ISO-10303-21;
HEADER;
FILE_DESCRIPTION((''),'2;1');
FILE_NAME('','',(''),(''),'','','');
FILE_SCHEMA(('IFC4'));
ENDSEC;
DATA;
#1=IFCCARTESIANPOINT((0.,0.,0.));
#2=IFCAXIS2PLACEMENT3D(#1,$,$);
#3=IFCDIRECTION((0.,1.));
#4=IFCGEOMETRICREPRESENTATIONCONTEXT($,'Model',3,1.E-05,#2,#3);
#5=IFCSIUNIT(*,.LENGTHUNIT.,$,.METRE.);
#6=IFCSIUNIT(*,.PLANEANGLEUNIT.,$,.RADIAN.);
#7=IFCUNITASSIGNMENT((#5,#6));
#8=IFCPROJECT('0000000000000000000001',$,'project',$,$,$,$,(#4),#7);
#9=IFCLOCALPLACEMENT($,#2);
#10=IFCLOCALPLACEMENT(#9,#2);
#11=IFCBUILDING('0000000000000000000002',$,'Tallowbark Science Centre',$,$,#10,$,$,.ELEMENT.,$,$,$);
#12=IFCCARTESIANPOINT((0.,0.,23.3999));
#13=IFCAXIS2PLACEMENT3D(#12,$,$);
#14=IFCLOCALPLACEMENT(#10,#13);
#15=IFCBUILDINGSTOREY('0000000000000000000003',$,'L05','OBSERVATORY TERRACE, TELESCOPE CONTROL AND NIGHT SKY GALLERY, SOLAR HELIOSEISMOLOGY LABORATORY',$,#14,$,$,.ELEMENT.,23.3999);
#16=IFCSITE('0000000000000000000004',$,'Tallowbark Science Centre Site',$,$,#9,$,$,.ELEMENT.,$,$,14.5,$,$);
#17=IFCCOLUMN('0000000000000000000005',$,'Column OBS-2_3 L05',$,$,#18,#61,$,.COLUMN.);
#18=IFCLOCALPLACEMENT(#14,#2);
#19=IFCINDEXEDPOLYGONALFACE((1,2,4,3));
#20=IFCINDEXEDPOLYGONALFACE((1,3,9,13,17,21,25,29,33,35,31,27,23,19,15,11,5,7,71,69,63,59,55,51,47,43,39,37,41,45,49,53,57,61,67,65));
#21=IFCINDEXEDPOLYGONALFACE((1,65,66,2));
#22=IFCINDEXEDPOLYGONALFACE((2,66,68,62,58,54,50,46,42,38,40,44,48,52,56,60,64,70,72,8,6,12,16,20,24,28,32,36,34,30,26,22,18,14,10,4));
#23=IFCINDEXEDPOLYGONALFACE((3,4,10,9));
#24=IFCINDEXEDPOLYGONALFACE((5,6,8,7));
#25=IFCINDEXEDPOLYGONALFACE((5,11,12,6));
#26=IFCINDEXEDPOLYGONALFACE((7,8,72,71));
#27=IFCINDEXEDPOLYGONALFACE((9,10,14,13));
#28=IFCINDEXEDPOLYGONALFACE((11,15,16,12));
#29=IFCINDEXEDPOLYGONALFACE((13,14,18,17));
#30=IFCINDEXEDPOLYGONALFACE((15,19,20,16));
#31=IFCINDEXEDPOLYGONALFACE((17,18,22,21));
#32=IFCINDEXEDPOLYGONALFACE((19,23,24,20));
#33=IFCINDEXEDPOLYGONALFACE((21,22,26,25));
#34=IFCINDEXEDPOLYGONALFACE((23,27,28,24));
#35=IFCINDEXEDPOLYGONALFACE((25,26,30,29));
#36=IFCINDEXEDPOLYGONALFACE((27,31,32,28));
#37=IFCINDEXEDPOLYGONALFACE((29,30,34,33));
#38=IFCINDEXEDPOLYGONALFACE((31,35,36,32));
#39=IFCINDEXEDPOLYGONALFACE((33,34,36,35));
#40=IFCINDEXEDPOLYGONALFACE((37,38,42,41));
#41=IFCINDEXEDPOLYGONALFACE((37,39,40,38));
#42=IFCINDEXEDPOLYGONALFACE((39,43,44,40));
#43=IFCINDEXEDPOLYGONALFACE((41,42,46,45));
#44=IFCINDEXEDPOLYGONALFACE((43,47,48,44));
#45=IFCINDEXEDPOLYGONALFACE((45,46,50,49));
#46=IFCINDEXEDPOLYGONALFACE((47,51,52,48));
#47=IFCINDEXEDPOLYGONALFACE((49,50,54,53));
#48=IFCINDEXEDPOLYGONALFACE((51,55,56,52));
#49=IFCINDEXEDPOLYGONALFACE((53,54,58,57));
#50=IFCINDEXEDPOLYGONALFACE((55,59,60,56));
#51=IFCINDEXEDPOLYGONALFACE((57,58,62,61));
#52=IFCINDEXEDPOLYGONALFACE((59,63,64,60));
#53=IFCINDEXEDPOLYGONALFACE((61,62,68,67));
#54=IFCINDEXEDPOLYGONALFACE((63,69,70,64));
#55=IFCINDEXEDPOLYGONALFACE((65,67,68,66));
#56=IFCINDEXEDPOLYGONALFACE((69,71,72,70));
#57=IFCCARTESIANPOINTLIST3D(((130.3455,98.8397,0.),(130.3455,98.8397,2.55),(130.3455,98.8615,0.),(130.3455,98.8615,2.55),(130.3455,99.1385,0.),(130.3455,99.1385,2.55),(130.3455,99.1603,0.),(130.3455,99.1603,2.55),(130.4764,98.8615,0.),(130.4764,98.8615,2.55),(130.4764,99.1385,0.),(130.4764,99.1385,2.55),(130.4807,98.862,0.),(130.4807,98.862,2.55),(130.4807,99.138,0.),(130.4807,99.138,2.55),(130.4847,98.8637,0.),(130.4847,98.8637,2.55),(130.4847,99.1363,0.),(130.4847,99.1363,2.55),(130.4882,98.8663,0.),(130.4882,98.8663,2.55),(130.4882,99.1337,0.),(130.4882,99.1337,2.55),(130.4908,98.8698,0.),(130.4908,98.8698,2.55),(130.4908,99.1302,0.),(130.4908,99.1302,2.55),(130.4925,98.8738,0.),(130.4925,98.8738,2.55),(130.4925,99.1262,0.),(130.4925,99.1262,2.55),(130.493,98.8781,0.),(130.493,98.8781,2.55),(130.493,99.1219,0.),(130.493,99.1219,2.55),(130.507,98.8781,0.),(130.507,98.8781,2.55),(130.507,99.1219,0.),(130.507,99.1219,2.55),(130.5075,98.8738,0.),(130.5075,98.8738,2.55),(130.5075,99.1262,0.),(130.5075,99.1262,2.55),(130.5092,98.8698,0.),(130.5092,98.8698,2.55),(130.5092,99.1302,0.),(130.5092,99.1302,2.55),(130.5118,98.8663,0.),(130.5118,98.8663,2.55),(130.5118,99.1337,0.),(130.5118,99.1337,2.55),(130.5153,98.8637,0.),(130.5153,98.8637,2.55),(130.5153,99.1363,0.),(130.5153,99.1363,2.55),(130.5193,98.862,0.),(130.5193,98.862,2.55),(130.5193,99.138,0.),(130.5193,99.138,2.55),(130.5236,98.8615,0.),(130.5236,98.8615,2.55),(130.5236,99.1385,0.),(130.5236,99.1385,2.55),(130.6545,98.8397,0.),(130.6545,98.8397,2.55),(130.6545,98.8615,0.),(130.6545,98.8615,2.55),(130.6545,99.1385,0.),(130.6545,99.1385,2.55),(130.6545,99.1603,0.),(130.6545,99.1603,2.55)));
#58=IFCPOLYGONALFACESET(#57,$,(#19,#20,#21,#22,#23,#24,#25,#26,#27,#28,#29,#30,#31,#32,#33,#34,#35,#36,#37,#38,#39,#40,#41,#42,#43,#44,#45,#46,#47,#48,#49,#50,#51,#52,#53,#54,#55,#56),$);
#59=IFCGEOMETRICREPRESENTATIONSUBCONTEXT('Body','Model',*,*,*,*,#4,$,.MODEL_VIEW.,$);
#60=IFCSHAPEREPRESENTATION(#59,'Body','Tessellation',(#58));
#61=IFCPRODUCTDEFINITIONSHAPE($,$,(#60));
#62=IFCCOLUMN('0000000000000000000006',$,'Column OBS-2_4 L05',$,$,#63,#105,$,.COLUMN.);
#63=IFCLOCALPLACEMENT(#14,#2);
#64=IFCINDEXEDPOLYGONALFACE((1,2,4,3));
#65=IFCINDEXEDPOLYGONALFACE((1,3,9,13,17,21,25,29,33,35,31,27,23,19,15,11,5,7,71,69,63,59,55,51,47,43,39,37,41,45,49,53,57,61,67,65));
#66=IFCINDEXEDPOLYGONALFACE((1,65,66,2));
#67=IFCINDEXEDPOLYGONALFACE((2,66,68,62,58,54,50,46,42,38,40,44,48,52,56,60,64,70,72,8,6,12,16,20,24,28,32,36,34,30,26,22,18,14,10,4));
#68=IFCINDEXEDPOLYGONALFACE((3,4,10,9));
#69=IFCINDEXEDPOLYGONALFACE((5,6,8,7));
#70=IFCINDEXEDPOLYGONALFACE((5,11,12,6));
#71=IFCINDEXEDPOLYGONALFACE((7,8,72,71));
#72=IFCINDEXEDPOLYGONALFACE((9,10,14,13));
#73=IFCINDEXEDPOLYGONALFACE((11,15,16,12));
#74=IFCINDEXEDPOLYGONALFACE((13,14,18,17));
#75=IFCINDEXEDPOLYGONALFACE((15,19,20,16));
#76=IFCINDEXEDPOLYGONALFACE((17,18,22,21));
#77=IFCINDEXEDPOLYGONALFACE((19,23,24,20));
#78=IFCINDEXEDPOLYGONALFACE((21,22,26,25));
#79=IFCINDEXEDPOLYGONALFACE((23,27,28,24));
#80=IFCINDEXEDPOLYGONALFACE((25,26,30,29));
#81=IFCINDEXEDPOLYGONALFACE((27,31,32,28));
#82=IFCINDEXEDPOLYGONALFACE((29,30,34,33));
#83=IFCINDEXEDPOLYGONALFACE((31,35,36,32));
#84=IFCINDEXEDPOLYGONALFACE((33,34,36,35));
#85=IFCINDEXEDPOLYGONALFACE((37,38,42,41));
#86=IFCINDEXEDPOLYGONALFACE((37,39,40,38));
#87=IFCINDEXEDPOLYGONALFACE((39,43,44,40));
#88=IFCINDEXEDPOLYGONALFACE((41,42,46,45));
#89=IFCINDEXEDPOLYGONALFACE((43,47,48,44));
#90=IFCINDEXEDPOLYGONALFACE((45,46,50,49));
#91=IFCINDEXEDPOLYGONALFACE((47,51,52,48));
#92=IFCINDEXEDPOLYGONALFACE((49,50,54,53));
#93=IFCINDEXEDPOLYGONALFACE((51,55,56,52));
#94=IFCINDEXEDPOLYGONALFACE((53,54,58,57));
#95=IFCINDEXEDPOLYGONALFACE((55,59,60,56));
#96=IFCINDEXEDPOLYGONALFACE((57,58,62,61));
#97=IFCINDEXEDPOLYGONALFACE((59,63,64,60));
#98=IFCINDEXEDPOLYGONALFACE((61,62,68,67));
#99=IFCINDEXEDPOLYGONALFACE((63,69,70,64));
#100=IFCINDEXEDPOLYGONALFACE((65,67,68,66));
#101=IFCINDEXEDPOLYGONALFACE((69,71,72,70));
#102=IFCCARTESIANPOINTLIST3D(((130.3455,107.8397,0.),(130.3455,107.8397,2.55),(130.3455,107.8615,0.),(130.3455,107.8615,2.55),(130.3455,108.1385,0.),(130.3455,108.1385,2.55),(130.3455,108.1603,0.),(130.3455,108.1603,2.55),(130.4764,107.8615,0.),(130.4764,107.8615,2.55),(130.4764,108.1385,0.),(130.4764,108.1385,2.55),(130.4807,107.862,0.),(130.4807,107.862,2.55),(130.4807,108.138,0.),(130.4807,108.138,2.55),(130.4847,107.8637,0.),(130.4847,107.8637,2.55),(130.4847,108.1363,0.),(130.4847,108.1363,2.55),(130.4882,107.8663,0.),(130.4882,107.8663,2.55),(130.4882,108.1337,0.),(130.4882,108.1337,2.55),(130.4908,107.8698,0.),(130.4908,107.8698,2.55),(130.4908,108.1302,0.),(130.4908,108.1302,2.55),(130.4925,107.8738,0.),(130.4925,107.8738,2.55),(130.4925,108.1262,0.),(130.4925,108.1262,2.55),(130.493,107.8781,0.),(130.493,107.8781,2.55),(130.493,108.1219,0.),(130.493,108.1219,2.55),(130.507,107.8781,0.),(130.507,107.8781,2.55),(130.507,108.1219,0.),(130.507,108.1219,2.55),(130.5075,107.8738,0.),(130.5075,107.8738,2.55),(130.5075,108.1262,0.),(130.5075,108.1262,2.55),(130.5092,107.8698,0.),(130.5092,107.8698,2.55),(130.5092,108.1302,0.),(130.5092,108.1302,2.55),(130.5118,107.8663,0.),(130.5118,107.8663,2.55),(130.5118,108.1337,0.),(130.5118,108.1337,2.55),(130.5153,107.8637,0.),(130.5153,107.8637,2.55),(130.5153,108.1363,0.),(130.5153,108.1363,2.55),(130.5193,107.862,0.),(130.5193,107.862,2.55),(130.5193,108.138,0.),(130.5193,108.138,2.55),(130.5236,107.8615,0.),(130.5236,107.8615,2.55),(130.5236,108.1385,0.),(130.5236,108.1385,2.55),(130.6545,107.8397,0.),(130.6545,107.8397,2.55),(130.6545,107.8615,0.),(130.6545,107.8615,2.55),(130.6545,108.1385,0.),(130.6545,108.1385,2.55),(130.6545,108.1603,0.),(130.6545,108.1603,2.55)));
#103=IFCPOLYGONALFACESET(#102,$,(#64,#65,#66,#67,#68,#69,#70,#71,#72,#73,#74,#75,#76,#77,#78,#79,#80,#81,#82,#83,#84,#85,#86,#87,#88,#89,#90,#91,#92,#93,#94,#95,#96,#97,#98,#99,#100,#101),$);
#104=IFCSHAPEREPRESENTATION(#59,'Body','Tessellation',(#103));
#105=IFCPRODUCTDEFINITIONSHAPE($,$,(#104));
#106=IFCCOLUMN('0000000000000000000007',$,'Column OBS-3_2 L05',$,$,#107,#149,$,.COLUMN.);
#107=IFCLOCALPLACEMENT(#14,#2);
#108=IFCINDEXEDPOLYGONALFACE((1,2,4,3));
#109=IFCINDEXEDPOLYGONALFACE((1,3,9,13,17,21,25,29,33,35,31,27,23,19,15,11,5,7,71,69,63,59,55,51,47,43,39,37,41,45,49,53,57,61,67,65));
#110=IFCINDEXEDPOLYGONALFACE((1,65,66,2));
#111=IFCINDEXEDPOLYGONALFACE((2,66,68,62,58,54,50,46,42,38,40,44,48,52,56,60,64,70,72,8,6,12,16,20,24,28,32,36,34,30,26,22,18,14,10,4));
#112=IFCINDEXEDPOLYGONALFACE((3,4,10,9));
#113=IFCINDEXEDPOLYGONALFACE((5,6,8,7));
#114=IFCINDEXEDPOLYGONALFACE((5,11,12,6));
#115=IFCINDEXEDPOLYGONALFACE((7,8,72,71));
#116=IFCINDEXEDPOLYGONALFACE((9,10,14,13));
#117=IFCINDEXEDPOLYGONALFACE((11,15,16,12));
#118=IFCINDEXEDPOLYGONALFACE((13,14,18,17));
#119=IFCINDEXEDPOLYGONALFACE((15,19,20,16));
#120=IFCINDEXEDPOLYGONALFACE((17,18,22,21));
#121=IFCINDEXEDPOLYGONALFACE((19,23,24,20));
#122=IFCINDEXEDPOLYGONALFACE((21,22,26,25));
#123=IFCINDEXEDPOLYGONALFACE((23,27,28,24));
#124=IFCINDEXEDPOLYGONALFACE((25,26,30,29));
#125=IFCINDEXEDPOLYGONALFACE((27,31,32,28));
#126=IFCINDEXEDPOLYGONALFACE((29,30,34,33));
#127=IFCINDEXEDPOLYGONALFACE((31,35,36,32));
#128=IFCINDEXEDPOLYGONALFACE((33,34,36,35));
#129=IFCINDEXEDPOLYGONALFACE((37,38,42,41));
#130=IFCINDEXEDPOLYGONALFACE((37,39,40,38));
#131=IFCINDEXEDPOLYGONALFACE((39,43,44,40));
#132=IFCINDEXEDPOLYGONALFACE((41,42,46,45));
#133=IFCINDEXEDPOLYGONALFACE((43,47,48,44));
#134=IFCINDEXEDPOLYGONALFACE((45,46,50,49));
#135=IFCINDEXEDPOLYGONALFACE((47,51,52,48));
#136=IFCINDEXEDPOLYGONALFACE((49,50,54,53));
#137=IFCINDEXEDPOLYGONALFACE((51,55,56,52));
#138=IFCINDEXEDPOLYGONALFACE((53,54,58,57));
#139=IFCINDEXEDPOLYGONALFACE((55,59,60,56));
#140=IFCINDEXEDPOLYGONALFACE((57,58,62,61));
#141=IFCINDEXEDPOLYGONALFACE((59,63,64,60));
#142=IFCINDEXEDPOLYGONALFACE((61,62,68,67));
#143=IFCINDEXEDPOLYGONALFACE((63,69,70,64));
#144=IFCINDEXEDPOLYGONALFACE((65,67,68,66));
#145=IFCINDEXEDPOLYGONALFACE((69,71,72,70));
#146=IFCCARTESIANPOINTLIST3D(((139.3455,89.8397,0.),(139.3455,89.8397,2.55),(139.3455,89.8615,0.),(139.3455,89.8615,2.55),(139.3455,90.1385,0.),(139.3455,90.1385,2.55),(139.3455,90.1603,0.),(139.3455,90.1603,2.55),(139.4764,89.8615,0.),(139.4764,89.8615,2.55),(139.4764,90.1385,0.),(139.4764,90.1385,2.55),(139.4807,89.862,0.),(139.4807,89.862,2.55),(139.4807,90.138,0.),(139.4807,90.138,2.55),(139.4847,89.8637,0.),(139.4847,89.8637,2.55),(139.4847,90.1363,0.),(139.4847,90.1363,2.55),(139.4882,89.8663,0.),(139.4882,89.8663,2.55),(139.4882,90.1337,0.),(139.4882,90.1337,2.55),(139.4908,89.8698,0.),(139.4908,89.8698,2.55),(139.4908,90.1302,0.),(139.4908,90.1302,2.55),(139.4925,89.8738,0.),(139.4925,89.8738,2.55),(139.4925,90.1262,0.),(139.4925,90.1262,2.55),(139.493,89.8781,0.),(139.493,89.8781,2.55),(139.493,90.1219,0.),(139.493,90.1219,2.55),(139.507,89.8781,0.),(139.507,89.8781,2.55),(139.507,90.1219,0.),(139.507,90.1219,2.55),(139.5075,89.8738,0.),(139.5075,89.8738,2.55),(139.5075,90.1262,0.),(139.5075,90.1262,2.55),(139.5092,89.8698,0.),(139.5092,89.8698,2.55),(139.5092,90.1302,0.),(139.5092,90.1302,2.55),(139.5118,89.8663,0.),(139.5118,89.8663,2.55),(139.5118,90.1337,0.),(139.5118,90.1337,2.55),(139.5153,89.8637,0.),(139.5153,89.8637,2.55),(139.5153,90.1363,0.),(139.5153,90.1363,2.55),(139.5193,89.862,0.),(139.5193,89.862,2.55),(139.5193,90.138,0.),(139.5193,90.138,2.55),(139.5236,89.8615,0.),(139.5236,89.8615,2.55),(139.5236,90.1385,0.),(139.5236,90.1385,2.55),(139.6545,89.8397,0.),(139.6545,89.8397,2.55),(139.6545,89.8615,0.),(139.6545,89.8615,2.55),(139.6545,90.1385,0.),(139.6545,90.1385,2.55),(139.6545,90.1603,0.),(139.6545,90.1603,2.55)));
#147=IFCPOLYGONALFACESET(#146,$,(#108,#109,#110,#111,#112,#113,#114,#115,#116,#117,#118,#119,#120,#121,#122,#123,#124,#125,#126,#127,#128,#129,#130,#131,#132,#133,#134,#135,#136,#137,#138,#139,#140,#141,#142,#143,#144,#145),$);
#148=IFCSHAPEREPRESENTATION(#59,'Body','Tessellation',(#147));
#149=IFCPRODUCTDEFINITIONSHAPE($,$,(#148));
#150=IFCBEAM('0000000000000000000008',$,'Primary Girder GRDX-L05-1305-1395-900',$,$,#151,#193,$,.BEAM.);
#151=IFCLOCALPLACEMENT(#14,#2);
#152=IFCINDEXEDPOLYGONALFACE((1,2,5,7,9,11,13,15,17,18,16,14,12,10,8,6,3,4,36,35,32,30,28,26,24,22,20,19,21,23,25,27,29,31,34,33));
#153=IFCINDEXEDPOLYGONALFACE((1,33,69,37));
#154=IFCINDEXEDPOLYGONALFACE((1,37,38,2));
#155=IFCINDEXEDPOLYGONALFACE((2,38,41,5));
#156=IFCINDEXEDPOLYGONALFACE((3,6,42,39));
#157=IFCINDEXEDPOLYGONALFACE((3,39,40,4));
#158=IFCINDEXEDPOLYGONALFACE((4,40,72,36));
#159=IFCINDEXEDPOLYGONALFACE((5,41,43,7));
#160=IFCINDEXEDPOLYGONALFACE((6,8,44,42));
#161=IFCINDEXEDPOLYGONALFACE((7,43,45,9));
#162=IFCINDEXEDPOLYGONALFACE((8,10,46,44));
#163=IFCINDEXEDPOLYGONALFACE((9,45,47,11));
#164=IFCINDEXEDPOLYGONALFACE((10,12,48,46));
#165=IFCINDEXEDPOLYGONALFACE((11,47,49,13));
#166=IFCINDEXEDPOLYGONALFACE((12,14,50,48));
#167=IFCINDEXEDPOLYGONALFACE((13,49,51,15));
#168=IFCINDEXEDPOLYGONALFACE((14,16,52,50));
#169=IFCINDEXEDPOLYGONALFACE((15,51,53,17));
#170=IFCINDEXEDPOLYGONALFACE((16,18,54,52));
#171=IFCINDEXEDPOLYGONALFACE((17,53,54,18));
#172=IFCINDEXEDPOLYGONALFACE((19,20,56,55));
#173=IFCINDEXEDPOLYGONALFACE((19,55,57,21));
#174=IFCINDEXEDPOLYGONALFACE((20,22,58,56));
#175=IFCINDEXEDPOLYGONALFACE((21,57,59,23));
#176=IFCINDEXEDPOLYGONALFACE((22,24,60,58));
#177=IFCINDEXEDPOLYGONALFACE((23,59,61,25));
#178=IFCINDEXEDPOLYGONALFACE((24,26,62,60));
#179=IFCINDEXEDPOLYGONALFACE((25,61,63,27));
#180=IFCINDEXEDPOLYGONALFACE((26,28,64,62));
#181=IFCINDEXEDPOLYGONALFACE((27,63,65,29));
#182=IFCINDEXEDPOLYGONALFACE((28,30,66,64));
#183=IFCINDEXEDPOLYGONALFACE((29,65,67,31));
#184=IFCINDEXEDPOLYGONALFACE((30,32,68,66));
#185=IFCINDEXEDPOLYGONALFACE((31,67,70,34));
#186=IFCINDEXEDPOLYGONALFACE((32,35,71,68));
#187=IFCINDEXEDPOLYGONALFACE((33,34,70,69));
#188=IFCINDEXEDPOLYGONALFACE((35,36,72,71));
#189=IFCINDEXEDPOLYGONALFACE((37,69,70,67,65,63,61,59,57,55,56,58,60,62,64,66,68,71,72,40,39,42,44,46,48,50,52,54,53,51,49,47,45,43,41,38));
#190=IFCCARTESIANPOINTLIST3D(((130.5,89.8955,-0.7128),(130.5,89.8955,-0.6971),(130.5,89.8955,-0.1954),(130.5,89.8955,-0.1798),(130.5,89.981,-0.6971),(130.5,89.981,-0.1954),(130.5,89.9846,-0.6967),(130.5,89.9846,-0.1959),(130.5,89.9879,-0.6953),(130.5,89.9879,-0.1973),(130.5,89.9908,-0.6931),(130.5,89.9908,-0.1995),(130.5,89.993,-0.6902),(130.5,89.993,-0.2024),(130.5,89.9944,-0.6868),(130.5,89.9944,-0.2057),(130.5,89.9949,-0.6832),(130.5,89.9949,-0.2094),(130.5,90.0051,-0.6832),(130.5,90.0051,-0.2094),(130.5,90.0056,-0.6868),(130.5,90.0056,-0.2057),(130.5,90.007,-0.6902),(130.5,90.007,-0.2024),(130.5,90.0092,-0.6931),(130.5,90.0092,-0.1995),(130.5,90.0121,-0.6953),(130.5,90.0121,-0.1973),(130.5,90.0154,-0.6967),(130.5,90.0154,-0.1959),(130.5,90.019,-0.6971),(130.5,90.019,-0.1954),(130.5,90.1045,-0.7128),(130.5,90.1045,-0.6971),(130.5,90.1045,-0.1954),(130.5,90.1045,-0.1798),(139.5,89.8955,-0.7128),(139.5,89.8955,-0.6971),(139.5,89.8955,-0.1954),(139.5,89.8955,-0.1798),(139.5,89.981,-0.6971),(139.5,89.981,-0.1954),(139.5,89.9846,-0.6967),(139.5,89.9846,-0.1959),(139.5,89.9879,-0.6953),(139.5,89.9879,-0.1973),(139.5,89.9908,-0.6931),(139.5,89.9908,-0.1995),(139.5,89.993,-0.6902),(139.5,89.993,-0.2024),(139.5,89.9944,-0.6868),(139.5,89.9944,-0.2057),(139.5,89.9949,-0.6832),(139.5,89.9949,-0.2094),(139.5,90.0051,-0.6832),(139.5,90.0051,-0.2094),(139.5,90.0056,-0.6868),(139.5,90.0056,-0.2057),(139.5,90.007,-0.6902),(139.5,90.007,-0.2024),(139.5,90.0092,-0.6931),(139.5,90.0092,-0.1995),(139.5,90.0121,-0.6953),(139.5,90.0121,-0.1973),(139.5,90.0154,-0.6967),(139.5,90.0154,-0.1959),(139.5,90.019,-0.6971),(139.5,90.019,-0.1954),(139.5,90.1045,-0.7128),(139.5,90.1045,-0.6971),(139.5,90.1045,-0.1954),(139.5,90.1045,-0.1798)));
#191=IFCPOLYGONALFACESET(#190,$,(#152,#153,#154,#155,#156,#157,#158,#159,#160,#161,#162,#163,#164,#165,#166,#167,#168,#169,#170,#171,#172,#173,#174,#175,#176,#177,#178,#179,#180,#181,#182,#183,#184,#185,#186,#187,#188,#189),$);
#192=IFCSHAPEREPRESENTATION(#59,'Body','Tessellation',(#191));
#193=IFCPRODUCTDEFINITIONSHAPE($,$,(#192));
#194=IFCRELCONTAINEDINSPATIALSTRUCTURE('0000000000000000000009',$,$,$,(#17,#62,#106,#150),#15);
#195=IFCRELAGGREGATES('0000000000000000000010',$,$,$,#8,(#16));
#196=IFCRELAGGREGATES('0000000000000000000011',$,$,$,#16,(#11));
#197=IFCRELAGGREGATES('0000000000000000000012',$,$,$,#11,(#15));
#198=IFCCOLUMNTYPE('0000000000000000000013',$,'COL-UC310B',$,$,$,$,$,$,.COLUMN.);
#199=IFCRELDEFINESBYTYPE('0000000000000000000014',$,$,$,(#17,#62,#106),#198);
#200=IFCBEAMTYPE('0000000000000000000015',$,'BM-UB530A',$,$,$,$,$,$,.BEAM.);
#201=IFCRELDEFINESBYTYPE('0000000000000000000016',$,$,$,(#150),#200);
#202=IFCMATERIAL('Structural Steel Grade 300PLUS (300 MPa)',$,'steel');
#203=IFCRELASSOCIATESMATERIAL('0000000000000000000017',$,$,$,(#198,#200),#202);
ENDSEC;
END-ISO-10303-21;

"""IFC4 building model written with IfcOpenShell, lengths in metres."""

from ifc_helpers import new_model, si_unit, direction, frame, origin, origin_2d, place, context, subcontext, project, spatial, i_section, extrude, material, material_profile, profile_set, type_object, element, save


model = new_model("IFC4")

# Units and contexts
model_context = context("Model", 3, precision=1e-05, world=origin(), true_north=direction((0.0, 1.0)))
body_context = subcontext(model_context, "Body", "Model", "MODEL_VIEW")
ifc_project = project(units=[si_unit("LENGTHUNIT", "METRE"), si_unit("PLANEANGLEUNIT", "RADIAN")], contexts=[model_context])

# Site, building, storey
site_placement = place(None, origin())
site = spatial("IfcSite", under=ifc_project, at=site_placement, Name="Tallowbark Science Centre Site", CompositionType="ELEMENT", RefElevation=14.5)
building_placement = place(site_placement, origin())
building = spatial("IfcBuilding", under=site, at=building_placement, Name="Tallowbark Science Centre", CompositionType="ELEMENT")
storey_placement = place(building_placement, frame((0.0, 0.0, 23.3999)))
storey = spatial("IfcBuildingStorey", under=building, at=storey_placement, Name="L05", Description="OBSERVATORY TERRACE, TELESCOPE CONTROL AND NIGHT SKY GALLERY, SOLAR HELIOSEISMOLOGY LABORATORY", CompositionType="ELEMENT", Elevation=23.3999)

# Columns
ifc_material_1 = material(Name="Structural Steel Grade 300PLUS (300 MPa)", Category="steel")
ifc_material_profile_1 = material_profile(ifc_material_1, i_section(OverallWidth=0.3091, OverallDepth=0.3206, WebThickness=0.0139, FlangeThickness=0.0217, FilletRadius=0.0166, at=origin_2d()), Name="310UC137")
ifc_profile_set_1 = profile_set([ifc_material_profile_1], Name="Structural Steel Grade 300PLUS (300 MPa)")
column_type = type_object("IfcColumnType", Name="COL-UC310B", PredefinedType="COLUMN", material=ifc_profile_set_1)
for number, where, z_axis, x_axis, name in (
    (1, (130.5, 99.0, 0.0), (0.0, 0.0, 1.0), (1.0, 0.0, 0.0), "Column OBS-2_3 L05"),
    (2, (130.5, 108.0, 0.0), (0.0, 0.0, 1.0), (1.0, 0.0, 0.0), "Column OBS-2_4 L05"),
    (3, (139.5, 90.0, 0.0), (0.0, 0.0, 1.0), (1.0, 0.0, 0.0), "Column OBS-3_2 L05"),
):
    element("IfcColumn", number, at=place(storey_placement, frame(where, z_axis=z_axis, x_axis=x_axis)), inside=storey, type_object=column_type, Name=name, PredefinedType="COLUMN", context=body_context, shape_type="SweptSolid", body=[
        extrude(i_section(OverallWidth=0.3091, OverallDepth=0.3206, WebThickness=0.0139, FlangeThickness=0.0217, FilletRadius=0.0166, at=origin_2d()), origin(), (0.0, 0.0, 1.0), 2.55),
    ])

# Beam
ifc_material_profile_2 = material_profile(ifc_material_1, i_section(OverallWidth=0.209, OverallDepth=0.533, WebThickness=0.0103, FlangeThickness=0.0156, FilletRadius=0.0139, at=origin_2d()), Name="530UB92.4")
ifc_profile_set_2 = profile_set([ifc_material_profile_2], Name="Structural Steel Grade 300PLUS (300 MPa)")
beam_type_1 = type_object("IfcBeamType", Name="BM-UB530A", PredefinedType="BEAM", material=ifc_profile_set_2)
beam_1_placement = place(storey_placement, frame((130.5, 90.0, -0.4463), z_axis=(1.0, 0.0, 0.0), x_axis=(0.0, 1.0, 0.0)))
element("IfcBeam", 4, at=beam_1_placement, inside=storey, type_object=beam_type_1, Name="Primary Girder GRDX-L05-1305-1395-900", PredefinedType="BEAM", context=body_context, shape_type="SweptSolid", body=[
    extrude(i_section(OverallWidth=0.209, OverallDepth=0.533, WebThickness=0.0103, FlangeThickness=0.0156, FilletRadius=0.0139, at=origin_2d()), origin(), (0.0, 0.0, 1.0), 9.0),
])

save(model, "model.ifc")
